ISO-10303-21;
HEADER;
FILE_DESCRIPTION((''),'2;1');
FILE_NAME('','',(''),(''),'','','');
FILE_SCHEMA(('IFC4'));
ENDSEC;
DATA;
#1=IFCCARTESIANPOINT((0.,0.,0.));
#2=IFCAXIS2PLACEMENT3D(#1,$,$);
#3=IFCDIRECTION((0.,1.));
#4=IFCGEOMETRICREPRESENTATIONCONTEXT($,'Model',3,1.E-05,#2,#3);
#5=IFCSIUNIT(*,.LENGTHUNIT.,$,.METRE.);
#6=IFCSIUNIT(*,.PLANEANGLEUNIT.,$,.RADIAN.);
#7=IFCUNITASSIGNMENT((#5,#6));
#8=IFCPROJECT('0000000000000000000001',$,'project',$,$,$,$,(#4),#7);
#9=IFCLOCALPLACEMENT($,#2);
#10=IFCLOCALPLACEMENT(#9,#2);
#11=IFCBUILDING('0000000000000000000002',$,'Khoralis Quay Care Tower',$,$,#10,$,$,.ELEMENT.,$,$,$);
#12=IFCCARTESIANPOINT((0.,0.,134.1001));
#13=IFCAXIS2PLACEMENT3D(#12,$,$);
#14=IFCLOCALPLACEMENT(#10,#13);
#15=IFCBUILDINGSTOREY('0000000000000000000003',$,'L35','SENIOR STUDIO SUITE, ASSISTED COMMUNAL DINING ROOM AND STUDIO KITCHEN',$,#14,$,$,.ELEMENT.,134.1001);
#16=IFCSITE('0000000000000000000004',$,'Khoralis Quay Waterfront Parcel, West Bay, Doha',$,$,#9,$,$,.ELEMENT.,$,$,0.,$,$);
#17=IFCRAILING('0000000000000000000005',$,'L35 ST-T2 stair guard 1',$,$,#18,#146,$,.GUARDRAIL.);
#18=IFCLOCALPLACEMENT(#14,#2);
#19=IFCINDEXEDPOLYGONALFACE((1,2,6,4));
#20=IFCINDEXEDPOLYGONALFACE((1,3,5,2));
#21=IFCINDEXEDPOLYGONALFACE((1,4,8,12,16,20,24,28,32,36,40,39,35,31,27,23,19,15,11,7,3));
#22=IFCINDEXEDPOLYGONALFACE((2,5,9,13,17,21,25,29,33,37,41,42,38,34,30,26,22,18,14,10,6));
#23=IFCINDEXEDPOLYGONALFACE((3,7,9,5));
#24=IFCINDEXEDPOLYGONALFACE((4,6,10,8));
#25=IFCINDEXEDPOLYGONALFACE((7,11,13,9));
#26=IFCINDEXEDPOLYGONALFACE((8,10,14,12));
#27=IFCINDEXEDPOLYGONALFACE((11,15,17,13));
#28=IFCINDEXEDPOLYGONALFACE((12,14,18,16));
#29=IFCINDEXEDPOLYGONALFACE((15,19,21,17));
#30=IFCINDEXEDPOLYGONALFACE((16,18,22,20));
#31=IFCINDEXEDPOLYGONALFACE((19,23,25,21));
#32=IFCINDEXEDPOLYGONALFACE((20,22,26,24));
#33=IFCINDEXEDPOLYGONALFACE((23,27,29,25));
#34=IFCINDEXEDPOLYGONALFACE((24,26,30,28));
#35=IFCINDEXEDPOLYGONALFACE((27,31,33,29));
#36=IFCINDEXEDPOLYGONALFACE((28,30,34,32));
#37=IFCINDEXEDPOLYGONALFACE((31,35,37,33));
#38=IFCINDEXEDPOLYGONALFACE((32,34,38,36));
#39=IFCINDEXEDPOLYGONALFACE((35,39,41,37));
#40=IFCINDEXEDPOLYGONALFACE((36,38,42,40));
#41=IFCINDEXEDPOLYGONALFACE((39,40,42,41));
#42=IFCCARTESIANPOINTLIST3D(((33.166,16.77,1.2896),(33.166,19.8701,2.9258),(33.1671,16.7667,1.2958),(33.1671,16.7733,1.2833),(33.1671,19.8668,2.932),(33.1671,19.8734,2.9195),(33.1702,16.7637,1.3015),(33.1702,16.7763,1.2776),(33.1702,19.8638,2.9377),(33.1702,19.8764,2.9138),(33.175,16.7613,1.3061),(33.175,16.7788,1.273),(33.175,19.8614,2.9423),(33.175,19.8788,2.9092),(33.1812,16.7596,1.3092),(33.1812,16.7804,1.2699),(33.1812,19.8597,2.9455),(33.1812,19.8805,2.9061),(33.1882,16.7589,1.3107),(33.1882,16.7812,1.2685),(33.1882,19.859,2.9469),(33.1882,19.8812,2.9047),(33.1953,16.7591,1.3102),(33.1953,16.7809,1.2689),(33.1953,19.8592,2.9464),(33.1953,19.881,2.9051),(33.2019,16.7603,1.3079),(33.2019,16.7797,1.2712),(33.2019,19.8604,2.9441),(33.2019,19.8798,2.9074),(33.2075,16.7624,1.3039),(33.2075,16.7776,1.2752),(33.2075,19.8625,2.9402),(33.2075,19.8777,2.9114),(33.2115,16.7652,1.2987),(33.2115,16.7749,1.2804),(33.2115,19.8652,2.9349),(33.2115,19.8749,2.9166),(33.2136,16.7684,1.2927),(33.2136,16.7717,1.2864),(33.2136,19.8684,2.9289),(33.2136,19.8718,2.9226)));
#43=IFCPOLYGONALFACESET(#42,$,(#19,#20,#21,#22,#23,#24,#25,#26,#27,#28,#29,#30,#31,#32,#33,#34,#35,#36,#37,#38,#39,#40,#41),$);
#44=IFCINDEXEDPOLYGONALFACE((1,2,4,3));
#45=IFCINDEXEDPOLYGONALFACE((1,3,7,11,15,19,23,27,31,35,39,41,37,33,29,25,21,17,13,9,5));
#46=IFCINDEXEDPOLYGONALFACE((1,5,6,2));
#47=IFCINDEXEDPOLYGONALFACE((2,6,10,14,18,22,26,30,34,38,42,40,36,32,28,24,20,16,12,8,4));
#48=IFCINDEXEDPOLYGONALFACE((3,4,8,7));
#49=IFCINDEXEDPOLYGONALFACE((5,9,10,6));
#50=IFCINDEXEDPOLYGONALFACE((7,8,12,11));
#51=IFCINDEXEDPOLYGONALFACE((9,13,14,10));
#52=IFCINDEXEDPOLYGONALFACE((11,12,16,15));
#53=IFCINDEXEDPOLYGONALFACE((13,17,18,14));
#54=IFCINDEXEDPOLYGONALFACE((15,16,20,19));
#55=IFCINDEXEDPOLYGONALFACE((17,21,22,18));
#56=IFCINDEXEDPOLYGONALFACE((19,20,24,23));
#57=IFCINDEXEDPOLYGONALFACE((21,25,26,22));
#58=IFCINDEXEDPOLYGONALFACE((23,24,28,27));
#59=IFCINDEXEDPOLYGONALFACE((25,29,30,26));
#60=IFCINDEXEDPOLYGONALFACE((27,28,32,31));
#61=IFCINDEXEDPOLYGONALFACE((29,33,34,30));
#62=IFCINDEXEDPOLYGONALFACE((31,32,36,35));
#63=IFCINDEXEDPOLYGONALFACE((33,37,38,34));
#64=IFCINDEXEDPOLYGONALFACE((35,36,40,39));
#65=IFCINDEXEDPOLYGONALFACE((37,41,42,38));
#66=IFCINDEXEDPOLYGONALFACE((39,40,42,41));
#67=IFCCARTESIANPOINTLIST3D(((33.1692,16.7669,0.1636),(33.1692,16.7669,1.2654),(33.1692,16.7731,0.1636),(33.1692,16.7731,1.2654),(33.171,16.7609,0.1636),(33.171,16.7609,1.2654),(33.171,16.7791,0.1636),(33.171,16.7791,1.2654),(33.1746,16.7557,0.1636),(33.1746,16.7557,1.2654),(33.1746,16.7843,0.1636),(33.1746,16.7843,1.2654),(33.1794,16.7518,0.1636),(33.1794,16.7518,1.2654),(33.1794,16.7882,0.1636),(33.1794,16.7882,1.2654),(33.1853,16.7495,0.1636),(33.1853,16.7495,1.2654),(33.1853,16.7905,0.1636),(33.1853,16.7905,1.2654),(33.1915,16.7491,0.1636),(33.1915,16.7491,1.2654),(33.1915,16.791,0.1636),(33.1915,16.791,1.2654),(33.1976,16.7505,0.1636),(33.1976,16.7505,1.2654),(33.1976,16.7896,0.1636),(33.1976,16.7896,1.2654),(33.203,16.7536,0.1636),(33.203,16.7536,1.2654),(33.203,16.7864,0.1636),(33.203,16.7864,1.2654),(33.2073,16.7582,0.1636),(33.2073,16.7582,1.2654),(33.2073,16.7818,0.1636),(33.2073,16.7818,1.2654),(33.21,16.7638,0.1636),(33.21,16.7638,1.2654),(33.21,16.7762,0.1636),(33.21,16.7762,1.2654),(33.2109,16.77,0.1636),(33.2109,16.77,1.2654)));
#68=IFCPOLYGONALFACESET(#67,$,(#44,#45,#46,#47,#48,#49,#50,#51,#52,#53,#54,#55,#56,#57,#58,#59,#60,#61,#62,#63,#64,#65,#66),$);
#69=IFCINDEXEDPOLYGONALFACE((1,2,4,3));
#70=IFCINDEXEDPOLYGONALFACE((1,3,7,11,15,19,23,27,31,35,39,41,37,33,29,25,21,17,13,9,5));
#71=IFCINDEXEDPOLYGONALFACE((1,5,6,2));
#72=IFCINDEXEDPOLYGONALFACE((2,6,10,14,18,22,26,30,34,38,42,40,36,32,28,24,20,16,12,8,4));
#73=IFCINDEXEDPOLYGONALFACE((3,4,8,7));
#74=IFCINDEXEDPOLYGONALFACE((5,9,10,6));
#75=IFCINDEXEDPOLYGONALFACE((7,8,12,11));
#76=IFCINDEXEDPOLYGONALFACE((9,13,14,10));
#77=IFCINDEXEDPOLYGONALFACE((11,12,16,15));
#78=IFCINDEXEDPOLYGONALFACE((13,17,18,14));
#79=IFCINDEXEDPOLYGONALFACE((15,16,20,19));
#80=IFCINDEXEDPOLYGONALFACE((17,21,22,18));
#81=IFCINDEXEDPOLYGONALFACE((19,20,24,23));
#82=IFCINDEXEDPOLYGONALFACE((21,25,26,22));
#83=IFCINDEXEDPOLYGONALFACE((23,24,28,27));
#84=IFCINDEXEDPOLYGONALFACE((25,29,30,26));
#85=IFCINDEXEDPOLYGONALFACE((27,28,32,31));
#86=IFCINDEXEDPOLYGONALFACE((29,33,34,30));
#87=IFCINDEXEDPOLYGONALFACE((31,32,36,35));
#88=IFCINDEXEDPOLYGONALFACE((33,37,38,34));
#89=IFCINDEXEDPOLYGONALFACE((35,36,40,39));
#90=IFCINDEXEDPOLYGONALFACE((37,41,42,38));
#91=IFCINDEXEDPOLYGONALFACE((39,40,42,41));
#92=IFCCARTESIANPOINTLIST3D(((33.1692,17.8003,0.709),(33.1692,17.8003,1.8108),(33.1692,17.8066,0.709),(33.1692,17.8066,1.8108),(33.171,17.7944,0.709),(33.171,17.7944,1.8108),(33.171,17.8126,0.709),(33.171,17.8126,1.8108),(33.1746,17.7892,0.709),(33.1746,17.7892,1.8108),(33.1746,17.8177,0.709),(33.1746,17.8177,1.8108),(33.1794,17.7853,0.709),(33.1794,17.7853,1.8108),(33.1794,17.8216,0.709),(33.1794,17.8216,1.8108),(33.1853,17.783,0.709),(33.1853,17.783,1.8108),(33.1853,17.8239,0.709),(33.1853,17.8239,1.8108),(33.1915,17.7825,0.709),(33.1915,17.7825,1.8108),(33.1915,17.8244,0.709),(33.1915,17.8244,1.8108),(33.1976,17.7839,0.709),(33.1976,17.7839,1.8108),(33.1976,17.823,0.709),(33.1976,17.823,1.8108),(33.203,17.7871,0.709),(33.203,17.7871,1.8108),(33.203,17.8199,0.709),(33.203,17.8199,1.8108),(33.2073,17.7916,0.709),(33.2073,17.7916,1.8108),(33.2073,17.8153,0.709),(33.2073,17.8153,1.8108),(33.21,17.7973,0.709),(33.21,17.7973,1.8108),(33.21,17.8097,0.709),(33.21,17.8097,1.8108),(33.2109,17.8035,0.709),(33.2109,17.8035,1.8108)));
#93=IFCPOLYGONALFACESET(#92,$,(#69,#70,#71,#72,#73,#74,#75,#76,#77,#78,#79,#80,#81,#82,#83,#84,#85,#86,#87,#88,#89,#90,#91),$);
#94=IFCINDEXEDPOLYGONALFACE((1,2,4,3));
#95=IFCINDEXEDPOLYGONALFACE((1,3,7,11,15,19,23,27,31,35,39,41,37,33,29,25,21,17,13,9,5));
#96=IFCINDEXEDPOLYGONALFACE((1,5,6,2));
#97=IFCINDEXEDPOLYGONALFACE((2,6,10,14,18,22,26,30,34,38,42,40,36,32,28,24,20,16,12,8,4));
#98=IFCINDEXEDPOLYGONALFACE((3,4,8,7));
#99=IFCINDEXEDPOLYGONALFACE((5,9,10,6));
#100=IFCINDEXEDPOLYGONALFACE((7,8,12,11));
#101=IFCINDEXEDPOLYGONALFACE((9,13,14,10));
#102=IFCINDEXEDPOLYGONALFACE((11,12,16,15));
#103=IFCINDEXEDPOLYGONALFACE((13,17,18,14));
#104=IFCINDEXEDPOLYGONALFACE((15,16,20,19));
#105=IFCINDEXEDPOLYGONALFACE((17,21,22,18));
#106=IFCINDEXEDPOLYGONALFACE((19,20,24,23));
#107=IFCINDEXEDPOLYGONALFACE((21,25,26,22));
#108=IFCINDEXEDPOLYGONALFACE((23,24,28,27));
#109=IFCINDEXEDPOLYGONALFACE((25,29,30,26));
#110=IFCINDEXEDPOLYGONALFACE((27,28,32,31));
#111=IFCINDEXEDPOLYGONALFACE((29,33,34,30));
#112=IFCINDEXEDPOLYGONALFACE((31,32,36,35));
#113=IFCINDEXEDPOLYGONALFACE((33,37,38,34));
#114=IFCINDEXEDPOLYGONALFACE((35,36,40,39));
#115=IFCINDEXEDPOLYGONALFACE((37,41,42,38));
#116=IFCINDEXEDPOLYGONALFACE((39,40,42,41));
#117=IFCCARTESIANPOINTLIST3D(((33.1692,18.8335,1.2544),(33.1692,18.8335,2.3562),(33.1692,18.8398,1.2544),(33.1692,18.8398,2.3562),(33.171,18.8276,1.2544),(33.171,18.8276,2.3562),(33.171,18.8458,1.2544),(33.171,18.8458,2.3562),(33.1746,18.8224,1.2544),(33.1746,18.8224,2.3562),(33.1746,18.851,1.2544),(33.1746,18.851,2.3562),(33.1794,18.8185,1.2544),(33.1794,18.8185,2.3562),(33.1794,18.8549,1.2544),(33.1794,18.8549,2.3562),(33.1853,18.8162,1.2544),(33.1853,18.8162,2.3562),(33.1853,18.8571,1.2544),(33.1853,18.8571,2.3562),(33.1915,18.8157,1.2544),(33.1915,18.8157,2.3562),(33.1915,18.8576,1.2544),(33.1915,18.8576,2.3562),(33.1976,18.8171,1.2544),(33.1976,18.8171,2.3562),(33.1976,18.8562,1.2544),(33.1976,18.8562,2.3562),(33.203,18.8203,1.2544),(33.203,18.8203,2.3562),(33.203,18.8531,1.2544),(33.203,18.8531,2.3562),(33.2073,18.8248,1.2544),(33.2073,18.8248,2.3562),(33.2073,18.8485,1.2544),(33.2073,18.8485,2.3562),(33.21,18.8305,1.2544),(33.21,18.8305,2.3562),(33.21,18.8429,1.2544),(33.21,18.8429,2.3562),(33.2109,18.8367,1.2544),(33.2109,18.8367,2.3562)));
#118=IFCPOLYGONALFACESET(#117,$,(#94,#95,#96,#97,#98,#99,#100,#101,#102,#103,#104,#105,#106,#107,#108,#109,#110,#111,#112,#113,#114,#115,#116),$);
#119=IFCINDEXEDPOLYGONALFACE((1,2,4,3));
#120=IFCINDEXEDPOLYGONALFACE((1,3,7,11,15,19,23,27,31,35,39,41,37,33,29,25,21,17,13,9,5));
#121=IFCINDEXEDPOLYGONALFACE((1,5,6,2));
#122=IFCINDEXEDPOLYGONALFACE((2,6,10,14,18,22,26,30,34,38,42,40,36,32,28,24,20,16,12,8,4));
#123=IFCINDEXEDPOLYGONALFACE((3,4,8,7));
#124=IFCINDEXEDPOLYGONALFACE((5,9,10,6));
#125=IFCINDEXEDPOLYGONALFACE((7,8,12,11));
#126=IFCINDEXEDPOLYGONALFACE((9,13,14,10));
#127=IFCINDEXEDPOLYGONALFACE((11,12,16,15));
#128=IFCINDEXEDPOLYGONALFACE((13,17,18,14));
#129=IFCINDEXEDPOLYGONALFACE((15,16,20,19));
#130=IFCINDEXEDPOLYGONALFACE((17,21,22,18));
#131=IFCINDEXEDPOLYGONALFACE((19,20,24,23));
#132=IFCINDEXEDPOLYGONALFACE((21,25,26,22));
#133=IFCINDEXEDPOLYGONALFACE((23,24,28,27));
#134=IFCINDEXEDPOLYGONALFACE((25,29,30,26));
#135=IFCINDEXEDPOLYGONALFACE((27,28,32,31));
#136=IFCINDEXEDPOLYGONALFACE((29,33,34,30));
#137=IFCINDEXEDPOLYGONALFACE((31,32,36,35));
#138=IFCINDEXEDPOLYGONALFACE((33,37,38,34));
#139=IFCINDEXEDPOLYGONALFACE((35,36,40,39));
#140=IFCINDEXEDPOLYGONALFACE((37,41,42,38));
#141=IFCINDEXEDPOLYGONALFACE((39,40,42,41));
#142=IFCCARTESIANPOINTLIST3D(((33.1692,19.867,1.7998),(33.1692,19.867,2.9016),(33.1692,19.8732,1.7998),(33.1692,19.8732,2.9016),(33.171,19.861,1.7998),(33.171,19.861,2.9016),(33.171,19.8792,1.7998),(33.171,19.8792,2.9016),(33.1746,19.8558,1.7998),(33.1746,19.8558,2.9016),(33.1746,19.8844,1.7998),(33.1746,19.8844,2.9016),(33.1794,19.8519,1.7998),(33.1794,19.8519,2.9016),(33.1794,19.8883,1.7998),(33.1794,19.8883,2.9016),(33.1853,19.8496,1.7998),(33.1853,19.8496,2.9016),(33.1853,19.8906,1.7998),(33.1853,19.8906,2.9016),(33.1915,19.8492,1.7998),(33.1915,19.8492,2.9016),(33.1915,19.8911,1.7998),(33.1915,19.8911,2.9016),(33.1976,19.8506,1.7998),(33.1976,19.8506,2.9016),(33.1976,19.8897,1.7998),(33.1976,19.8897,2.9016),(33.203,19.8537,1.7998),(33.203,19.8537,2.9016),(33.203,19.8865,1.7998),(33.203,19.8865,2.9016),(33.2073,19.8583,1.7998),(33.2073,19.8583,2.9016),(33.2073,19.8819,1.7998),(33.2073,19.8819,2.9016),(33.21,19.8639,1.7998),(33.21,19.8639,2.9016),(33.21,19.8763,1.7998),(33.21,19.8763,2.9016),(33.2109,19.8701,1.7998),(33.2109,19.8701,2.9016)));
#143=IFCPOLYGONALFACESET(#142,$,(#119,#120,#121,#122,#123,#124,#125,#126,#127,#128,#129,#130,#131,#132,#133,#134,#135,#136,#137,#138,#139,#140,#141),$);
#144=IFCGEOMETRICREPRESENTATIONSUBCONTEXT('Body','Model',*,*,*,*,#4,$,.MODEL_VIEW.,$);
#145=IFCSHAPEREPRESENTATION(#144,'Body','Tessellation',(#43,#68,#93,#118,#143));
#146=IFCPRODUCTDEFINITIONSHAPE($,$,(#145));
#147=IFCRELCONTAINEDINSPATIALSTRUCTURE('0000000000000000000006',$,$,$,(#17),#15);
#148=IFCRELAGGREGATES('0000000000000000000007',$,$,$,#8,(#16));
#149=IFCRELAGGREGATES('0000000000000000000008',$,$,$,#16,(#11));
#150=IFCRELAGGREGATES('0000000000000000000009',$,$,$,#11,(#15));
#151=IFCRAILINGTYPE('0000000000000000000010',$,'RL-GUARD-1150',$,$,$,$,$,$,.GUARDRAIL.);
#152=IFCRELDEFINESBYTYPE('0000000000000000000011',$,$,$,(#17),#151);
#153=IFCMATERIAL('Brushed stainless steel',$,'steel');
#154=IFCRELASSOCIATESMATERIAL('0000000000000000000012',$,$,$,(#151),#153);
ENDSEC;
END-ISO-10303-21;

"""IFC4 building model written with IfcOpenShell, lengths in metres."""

from ifc_helpers import new_model, si_unit, direction, frame, origin, origin_2d, place, context, subcontext, project, spatial, circle, extrude, material, type_object, element, save


model = new_model("IFC4")

# Units and contexts
model_context = context("Model", 3, precision=1e-05, world=origin(), true_north=direction((0.0, 1.0)))
body_context = subcontext(model_context, "Body", "Model", "MODEL_VIEW")
ifc_project = project(units=[si_unit("LENGTHUNIT", "METRE"), si_unit("PLANEANGLEUNIT", "RADIAN")], contexts=[model_context])

# Site, building, storey
site_placement = place(None, origin())
site = spatial("IfcSite", under=ifc_project, at=site_placement, Name="Khoralis Quay Waterfront Parcel, West Bay, Doha", CompositionType="ELEMENT", RefElevation=0.0)
building_placement = place(site_placement, origin())
building = spatial("IfcBuilding", under=site, at=building_placement, Name="Khoralis Quay Care Tower", CompositionType="ELEMENT")
storey_placement = place(building_placement, frame((0.0, 0.0, 134.1001)))
storey = spatial("IfcBuildingStorey", under=building, at=storey_placement, Name="L35", Description="SENIOR STUDIO SUITE, ASSISTED COMMUNAL DINING ROOM AND STUDIO KITCHEN", CompositionType="ELEMENT", Elevation=134.1001)

# Railing
ifc_material_1 = material(Name="Brushed stainless steel", Category="steel")
railing_type_1 = type_object("IfcRailingType", Name="RL-GUARD-1150", PredefinedType="GUARDRAIL", material=ifc_material_1)
railing_1_placement = place(storey_placement, frame((33.1899, 16.77, 0.1636)))
element("IfcRailing", 1, at=railing_1_placement, inside=storey, type_object=railing_type_1, Name="L35 ST-T2 stair guard 1", PredefinedType="GUARDRAIL", context=body_context, shape_type="SweptSolid", body=[
    extrude(circle(Radius=0.0239, at=origin_2d()), frame((0.0, 0.0, 1.126), z_axis=(0.0, 0.884377, 0.466774), x_axis=(-1.0, 0.0, 0.0)), (0.0, 0.0, 1.0), 3.5054),
    extrude(circle(Radius=0.021, at=origin_2d()), origin(), (0.0, 0.0, 1.0), 1.1018),
    extrude(circle(Radius=0.021, at=origin_2d()), frame((0.0, 1.0334, 0.5454)), (0.0, 0.0, 1.0), 1.1018),
    extrude(circle(Radius=0.021, at=origin_2d()), frame((0.0, 2.0667, 1.0908)), (0.0, 0.0, 1.0), 1.1018),
    extrude(circle(Radius=0.021, at=origin_2d()), frame((0.0, 3.1001, 1.6362)), (0.0, 0.0, 1.0), 1.1018),
])

save(model, "model.ifc")
